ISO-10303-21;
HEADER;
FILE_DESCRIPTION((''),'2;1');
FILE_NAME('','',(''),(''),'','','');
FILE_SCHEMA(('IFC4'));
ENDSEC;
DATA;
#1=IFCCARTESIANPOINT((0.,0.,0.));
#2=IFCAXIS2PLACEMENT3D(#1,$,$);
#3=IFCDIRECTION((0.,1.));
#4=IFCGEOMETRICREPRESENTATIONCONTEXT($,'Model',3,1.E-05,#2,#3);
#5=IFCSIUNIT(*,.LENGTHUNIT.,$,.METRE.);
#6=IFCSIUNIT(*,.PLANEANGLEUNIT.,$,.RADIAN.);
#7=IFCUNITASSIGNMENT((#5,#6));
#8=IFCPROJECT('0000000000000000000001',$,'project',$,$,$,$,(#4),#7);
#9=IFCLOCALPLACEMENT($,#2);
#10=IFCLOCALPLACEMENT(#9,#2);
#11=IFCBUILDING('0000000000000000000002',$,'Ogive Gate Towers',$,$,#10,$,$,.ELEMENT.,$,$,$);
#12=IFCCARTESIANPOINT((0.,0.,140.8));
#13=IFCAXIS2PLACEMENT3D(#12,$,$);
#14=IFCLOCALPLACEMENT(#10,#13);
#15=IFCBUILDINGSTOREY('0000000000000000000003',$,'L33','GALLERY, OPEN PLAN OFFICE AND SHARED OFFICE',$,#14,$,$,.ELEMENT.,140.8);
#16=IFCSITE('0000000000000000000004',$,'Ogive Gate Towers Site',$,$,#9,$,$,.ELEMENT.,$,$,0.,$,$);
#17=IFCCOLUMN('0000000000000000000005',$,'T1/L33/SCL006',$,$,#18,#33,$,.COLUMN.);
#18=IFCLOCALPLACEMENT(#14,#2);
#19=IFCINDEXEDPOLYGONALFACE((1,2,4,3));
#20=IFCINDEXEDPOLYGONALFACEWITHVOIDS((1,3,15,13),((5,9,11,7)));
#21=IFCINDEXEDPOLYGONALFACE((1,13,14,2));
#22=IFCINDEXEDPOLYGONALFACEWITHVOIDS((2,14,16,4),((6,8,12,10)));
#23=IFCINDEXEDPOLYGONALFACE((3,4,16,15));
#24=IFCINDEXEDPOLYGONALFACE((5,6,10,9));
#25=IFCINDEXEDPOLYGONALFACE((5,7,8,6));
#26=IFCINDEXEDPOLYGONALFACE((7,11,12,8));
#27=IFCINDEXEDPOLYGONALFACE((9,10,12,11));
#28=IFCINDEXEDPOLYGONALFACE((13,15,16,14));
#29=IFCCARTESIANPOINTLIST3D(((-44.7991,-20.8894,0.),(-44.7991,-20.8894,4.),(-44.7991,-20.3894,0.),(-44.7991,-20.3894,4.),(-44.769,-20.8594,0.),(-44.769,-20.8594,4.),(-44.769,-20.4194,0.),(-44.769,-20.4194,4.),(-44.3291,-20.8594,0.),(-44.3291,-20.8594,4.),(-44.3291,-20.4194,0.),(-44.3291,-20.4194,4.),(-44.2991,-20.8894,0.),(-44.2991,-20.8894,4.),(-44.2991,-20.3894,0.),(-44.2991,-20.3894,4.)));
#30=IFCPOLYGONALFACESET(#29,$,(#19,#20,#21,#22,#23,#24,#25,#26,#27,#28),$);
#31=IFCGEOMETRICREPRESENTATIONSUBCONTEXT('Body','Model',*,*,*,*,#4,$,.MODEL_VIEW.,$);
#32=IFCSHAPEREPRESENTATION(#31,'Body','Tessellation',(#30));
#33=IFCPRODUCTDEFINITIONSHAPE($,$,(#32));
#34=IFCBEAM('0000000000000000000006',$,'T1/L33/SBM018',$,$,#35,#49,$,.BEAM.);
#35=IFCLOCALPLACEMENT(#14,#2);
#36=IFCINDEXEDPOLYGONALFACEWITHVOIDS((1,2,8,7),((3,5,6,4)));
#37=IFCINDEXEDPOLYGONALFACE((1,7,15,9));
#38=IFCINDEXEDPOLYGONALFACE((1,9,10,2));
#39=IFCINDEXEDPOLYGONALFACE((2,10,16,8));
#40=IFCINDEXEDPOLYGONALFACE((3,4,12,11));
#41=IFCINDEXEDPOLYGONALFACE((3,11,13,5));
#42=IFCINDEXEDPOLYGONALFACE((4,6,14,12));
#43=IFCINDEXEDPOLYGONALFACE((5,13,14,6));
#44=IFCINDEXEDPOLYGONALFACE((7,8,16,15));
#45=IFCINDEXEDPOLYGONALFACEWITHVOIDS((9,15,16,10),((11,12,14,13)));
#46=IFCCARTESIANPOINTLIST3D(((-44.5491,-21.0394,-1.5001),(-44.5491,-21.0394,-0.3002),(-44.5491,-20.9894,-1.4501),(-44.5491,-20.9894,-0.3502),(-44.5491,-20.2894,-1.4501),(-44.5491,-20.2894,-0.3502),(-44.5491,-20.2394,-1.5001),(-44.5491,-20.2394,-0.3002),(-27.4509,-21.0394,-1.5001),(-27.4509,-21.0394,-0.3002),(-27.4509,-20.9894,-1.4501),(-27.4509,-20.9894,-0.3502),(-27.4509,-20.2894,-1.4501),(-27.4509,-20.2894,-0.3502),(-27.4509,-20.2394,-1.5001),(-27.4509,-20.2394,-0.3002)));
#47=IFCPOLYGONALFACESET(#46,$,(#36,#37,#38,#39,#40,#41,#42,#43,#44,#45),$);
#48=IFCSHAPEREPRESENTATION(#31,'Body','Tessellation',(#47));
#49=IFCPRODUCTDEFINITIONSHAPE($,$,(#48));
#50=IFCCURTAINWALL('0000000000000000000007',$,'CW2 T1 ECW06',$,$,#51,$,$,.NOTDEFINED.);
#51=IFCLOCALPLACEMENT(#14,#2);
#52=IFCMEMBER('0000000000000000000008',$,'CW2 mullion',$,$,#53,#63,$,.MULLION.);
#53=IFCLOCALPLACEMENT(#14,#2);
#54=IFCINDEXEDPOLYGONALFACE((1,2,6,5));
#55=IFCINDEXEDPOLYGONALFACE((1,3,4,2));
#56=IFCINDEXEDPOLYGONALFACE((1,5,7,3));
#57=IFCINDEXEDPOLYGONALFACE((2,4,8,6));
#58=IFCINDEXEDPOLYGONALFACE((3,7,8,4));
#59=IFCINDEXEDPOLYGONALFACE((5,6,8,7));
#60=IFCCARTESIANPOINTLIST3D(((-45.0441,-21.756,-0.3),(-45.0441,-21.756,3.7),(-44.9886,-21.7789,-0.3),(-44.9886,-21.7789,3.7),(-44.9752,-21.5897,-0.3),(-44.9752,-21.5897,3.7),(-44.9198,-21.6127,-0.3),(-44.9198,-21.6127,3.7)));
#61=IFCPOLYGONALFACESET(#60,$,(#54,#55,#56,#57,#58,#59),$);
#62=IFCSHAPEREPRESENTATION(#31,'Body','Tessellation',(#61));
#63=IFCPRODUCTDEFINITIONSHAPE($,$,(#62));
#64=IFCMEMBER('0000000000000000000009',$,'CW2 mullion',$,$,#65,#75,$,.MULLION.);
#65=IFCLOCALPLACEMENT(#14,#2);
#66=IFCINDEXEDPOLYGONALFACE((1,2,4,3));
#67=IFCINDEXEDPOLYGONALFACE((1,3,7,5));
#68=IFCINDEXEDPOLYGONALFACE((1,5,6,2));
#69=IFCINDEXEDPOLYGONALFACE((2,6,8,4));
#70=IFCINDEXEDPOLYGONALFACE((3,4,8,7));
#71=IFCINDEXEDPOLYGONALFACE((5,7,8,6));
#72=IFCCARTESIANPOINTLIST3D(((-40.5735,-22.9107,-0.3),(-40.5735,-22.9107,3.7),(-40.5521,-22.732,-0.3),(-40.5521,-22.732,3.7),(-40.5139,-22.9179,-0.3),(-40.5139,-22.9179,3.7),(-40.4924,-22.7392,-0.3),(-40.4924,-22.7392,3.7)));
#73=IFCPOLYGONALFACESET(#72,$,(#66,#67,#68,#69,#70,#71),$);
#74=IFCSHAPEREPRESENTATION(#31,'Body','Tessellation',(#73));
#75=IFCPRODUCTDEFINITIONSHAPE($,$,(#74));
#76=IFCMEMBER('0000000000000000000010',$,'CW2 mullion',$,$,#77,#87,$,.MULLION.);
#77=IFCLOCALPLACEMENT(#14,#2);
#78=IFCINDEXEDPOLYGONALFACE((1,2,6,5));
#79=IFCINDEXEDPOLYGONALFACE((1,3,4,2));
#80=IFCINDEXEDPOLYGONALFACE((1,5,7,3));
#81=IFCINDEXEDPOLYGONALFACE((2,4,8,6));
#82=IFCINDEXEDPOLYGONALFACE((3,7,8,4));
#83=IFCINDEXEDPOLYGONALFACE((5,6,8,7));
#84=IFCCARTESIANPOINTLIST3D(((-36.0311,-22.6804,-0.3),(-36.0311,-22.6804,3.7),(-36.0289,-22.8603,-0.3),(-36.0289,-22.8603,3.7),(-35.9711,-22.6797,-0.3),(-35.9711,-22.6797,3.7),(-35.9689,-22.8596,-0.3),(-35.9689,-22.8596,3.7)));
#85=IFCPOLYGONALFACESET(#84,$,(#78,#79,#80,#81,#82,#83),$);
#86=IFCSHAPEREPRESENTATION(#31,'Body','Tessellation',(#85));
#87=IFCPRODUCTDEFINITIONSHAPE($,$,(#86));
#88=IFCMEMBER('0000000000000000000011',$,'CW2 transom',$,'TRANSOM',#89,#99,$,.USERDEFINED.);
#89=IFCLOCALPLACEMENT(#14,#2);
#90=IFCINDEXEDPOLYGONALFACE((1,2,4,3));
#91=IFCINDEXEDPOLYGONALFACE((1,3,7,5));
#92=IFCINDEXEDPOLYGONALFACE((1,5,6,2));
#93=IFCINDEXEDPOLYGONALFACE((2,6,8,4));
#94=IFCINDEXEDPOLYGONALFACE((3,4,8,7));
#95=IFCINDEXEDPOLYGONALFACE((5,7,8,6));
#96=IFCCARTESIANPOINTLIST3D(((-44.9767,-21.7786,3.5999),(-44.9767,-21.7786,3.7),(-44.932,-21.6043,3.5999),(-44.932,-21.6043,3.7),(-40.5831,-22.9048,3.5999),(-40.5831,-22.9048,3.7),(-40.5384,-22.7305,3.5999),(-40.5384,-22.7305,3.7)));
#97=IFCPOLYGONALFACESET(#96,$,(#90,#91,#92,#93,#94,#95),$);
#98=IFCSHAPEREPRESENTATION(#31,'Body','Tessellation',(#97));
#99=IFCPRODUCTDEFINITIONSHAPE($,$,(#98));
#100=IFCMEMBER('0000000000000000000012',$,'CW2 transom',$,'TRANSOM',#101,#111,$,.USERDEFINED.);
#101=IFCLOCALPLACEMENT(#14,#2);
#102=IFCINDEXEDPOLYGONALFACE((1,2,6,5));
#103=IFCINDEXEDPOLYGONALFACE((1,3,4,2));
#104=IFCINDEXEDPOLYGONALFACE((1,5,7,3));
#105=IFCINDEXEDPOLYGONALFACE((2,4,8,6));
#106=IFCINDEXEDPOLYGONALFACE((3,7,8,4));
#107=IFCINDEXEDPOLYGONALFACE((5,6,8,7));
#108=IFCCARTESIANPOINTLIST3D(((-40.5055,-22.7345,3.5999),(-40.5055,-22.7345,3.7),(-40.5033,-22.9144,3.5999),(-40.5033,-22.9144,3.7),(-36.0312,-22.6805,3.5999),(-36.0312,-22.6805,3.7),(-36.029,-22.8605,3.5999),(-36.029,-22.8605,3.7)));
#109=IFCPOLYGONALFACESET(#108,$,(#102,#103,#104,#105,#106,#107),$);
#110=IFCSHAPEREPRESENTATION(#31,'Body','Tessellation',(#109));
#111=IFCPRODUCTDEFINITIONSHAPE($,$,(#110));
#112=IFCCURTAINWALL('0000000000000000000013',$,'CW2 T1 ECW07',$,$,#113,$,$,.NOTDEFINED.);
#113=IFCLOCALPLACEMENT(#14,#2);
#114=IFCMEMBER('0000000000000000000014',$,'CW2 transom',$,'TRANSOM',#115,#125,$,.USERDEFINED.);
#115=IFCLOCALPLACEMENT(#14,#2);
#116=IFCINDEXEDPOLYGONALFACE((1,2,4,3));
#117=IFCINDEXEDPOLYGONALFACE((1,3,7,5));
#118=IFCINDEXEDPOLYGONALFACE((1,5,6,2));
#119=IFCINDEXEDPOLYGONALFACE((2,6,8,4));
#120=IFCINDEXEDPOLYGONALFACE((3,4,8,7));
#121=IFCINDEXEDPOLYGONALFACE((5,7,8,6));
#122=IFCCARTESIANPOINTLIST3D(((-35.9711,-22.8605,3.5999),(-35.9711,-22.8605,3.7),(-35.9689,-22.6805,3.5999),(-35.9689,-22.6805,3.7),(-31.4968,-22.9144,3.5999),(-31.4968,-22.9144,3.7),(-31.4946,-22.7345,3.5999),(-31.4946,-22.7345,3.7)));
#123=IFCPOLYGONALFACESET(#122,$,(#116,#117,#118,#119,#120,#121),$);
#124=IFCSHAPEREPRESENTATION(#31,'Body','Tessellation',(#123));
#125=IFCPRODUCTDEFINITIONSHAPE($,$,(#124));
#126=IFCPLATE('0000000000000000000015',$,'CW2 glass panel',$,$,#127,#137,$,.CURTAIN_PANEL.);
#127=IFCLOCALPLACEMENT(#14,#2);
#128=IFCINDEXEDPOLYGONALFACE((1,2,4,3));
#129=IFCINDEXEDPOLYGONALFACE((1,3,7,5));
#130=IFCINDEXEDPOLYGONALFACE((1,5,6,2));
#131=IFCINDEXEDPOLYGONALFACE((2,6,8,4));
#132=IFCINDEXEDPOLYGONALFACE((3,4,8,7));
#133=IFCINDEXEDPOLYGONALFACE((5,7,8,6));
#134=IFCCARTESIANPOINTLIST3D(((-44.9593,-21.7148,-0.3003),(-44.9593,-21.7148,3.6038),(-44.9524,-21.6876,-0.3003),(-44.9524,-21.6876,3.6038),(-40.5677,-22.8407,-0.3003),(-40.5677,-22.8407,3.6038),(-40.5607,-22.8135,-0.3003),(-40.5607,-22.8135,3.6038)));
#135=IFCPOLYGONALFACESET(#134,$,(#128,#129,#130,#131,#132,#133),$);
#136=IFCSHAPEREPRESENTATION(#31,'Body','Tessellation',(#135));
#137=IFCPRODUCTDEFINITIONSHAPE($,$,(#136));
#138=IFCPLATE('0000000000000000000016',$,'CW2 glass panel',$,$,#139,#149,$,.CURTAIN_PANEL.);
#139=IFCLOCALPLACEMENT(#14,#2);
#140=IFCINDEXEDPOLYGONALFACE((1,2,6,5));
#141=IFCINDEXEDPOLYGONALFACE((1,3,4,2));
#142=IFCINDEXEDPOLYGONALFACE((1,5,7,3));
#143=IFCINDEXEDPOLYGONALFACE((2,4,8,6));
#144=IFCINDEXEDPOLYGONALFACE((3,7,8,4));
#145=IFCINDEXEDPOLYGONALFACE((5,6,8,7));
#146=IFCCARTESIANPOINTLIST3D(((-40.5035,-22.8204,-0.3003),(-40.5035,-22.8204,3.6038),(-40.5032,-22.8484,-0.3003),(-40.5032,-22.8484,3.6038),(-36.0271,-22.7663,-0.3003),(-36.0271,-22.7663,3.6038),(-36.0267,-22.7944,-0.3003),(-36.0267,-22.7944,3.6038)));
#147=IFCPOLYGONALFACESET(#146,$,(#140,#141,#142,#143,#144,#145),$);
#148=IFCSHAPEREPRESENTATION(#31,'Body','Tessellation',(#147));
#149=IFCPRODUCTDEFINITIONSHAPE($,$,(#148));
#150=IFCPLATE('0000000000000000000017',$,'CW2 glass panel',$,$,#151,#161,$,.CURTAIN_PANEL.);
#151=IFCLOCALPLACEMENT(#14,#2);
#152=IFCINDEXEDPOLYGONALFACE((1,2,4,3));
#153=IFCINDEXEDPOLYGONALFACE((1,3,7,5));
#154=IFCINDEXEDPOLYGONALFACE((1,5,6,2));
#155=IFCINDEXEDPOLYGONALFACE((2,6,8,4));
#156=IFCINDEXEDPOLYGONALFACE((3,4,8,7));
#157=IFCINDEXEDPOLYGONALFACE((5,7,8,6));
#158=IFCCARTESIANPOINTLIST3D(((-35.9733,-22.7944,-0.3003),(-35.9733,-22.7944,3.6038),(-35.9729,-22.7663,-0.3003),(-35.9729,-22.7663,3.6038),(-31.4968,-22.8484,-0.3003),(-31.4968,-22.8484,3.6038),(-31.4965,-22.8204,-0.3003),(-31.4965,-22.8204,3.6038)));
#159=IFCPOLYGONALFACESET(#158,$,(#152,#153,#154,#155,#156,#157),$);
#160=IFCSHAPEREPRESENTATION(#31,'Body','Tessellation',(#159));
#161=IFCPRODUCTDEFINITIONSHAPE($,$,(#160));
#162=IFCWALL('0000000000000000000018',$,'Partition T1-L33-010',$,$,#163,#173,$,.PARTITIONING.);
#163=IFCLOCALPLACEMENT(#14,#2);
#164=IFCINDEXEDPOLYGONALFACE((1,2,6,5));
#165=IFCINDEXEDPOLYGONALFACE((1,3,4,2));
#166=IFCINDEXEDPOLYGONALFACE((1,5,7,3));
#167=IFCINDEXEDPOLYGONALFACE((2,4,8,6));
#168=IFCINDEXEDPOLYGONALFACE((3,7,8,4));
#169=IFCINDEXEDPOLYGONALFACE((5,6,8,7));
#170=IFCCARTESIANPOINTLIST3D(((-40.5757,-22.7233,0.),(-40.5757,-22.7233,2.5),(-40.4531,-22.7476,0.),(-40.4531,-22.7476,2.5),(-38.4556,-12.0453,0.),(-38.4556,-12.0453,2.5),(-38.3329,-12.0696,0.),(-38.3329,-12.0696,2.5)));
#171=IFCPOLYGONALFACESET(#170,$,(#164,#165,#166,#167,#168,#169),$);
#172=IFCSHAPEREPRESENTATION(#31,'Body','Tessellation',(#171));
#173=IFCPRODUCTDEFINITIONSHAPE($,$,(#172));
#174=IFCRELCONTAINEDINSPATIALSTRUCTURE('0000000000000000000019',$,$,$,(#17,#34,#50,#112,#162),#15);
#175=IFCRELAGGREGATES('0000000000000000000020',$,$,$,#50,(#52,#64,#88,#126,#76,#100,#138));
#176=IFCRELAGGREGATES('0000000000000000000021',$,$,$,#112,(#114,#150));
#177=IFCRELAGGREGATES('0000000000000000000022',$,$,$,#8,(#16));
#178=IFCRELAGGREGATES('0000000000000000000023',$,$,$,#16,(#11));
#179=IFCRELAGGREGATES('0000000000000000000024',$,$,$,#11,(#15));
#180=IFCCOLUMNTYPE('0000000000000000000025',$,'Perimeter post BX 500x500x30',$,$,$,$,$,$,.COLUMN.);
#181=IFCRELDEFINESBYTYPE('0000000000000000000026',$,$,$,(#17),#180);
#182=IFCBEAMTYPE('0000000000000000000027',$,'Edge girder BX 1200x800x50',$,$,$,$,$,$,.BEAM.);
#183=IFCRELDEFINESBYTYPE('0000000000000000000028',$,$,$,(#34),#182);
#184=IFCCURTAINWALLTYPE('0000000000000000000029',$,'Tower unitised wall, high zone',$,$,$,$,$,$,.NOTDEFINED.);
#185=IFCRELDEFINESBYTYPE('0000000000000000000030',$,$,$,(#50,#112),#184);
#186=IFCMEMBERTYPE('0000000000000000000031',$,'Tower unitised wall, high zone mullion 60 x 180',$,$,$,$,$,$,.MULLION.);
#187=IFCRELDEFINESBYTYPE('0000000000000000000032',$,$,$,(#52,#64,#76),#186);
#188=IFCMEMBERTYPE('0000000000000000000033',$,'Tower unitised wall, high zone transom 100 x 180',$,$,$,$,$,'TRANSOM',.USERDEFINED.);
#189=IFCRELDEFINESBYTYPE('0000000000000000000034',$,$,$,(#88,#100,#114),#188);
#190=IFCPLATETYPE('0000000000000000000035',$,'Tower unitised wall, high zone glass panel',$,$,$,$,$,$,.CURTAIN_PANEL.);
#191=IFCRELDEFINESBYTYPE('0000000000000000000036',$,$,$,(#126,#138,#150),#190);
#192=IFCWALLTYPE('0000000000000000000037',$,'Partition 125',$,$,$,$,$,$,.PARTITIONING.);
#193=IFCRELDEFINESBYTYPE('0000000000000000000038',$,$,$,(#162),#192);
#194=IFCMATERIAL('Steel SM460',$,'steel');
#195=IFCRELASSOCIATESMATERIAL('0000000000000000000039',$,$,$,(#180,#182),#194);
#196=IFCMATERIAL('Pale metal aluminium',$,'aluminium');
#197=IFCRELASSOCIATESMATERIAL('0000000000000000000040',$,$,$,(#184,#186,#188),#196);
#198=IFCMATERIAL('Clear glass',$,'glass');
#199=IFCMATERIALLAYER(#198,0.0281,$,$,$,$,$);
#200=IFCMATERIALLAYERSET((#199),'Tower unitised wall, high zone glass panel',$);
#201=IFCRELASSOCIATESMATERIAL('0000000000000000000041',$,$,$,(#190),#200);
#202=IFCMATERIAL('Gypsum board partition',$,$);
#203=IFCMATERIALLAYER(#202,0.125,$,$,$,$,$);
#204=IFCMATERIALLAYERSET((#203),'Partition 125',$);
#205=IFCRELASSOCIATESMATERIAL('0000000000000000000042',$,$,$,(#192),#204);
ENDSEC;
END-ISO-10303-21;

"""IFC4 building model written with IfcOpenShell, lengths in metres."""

from ifc_helpers import new_model, si_unit, direction, frame, frame_2d, origin, origin_2d, place, context, subcontext, project, spatial, rectangle, hollow_rectangle, extrude, material, layer, layer_set, material_profile, profile_set, type_object, element, aggregate, save


model = new_model("IFC4")

# Units and contexts
model_context = context("Model", 3, precision=1e-05, world=origin(), true_north=direction((0.0, 1.0)))
body_context = subcontext(model_context, "Body", "Model", "MODEL_VIEW")
ifc_project = project(units=[si_unit("LENGTHUNIT", "METRE"), si_unit("PLANEANGLEUNIT", "RADIAN")], contexts=[model_context])

# Site, building, storey
site_placement = place(None, origin())
site = spatial("IfcSite", under=ifc_project, at=site_placement, Name="Ogive Gate Towers Site", CompositionType="ELEMENT", RefElevation=0.0)
building_placement = place(site_placement, origin())
building = spatial("IfcBuilding", under=site, at=building_placement, Name="Ogive Gate Towers", CompositionType="ELEMENT")
storey_placement = place(building_placement, frame((0.0, 0.0, 140.8)))
storey = spatial("IfcBuildingStorey", under=building, at=storey_placement, Name="L33", Description="GALLERY, OPEN PLAN OFFICE AND SHARED OFFICE", CompositionType="ELEMENT", Elevation=140.8)

# Column
ifc_material_1 = material(Name="Steel SM460", Category="steel")
ifc_material_profile_1 = material_profile(ifc_material_1, hollow_rectangle(XDim=0.5, YDim=0.5, WallThickness=0.03, at=origin_2d()), Name="BX 500x500x30")
ifc_profile_set_1 = profile_set([ifc_material_profile_1], Name="Steel SM460")
column_type = type_object("IfcColumnType", Name="Perimeter post BX 500x500x30", PredefinedType="COLUMN", material=ifc_profile_set_1)
column_placement = place(storey_placement, frame((-44.5491, -20.6394, 0.0), z_axis=(0.0, 0.0, 1.0), x_axis=(1.0, 0.0, 0.0)))
element("IfcColumn", 1, at=column_placement, inside=storey, type_object=column_type, Name="T1/L33/SCL006", PredefinedType="COLUMN", context=body_context, shape_type="SweptSolid", body=[
    extrude(hollow_rectangle(XDim=0.5, YDim=0.5, WallThickness=0.03, at=origin_2d()), origin(), (0.0, 0.0, 1.0), 4.0),
])

# Beam
ifc_material_profile_2 = material_profile(ifc_material_1, hollow_rectangle(XDim=0.8, YDim=1.2, WallThickness=0.05, at=origin_2d()), Name="BX 1200x800x50")
ifc_profile_set_2 = profile_set([ifc_material_profile_2], Name="Steel SM460")
beam_type = type_object("IfcBeamType", Name="Edge girder BX 1200x800x50", PredefinedType="BEAM", material=ifc_profile_set_2)
beam_placement = place(storey_placement, frame((-44.5491, -20.6394, -0.9001), z_axis=(1.0, 0.0, 0.0), x_axis=(0.0, 1.0, 0.0)))
element("IfcBeam", 2, at=beam_placement, inside=storey, type_object=beam_type, Name="T1/L33/SBM018", PredefinedType="BEAM", context=body_context, shape_type="SweptSolid", body=[
    extrude(hollow_rectangle(XDim=0.8, YDim=1.2, WallThickness=0.05, at=origin_2d()), origin(), (0.0, 0.0, 1.0), 17.0981),
])

# Curtain wall, members
ifc_material_2 = material(Name="Pale metal aluminium", Category="aluminium")
curtain_wall_type = type_object("IfcCurtainWallType", Name="Tower unitised wall, high zone", PredefinedType="NOTDEFINED", material=ifc_material_2)
curtain_wall_1_placement = place(storey_placement, origin())
curtain_wall_1 = element("IfcCurtainWall", 3, at=curtain_wall_1_placement, inside=storey, type_object=curtain_wall_type, Name="CW2 T1 ECW06", PredefinedType="NOTDEFINED")
ifc_material_profile_3 = material_profile(ifc_material_2, rectangle(XDim=0.1799, YDim=0.0601, at=origin_2d()), Name="60 x 180 aluminium box")
ifc_profile_set_3 = profile_set([ifc_material_profile_3], Name="Pale metal aluminium")
member_type_1 = type_object("IfcMemberType", Name="Tower unitised wall, high zone mullion 60 x 180", PredefinedType="MULLION", material=ifc_profile_set_3)
member_1_placement = place(storey_placement, frame((-44.9819, -21.6843, -0.3), z_axis=(0.0, 0.0, 1.0), x_axis=(-0.382683, -0.92388, 0.0)))
member_1 = element("IfcMember", 4, at=member_1_placement, type_object=member_type_1, Name="CW2 mullion", PredefinedType="MULLION", context=body_context, shape_type="SweptSolid", body=[
    extrude(rectangle(XDim=0.1799, YDim=0.0601, at=origin_2d()), origin(), (0.0, 0.0, 1.0), 4.0),
])
member_2_placement = place(storey_placement, frame((-40.533, -22.825, -0.3), z_axis=(0.0, 0.0, 1.0), x_axis=(-0.119149, -0.992876, 0.0)))
member_2 = element("IfcMember", 5, at=member_2_placement, type_object=member_type_1, Name="CW2 mullion", PredefinedType="MULLION", context=body_context, shape_type="SweptSolid", body=[
    extrude(rectangle(XDim=0.1799, YDim=0.0601, at=origin_2d()), origin(), (0.0, 0.0, 1.0), 4.0),
])
member_3_placement = place(storey_placement, frame((-36.0, -22.77, -0.3), z_axis=(0.0, 0.0, 1.0), x_axis=(0.012077, -0.999927, 0.0)))
member_3 = element("IfcMember", 6, at=member_3_placement, type_object=member_type_1, Name="CW2 mullion", PredefinedType="MULLION", context=body_context, shape_type="SweptSolid", body=[
    extrude(rectangle(XDim=0.1799, YDim=0.0601, at=origin_2d()), origin(), (0.0, 0.0, 1.0), 4.0),
])
ifc_material_profile_4 = material_profile(ifc_material_2, rectangle(XDim=0.1799, YDim=0.1001, at=origin_2d()), Name="100 x 180 aluminium box")
ifc_profile_set_4 = profile_set([ifc_material_profile_4], Name="Pale metal aluminium")
member_type_2 = type_object("IfcMemberType", Name="Tower unitised wall, high zone transom 100 x 180", ElementType="TRANSOM", PredefinedType="USERDEFINED", material=ifc_profile_set_4)
member_4_placement = place(storey_placement, frame((-44.9543, -21.6914, 3.6499), z_axis=(0.968681, -0.248307, 0.0), x_axis=(0.248307, 0.968681, 0.0)))
member_4 = element("IfcMember", 7, at=member_4_placement, type_object=member_type_2, Name="CW2 transom", ObjectType="TRANSOM", PredefinedType="USERDEFINED", context=body_context, shape_type="SweptSolid", body=[
    extrude(rectangle(XDim=0.1799, YDim=0.1001, at=origin_2d()), origin(), (0.0, 0.0, 1.0), 4.5356),
])
member_5_placement = place(storey_placement, frame((-40.5044, -22.8245, 3.6499), z_axis=(0.999927, 0.012058, 0.0), x_axis=(-0.012058, 0.999927, 0.0)))
member_5 = element("IfcMember", 8, at=member_5_placement, type_object=member_type_2, Name="CW2 transom", ObjectType="TRANSOM", PredefinedType="USERDEFINED", context=body_context, shape_type="SweptSolid", body=[
    extrude(rectangle(XDim=0.1799, YDim=0.1001, at=origin_2d()), origin(), (0.0, 0.0, 1.0), 4.4746),
])

# Curtain wall, member
curtain_wall_2_placement = place(storey_placement, origin())
curtain_wall_2 = element("IfcCurtainWall", 9, at=curtain_wall_2_placement, inside=storey, type_object=curtain_wall_type, Name="CW2 T1 ECW07", PredefinedType="NOTDEFINED")
member_6_placement = place(storey_placement, frame((-35.97, -22.7705, 3.6499), z_axis=(0.999927, -0.012058, 0.0), x_axis=(0.012058, 0.999927, 0.0)))
member_6 = element("IfcMember", 10, at=member_6_placement, type_object=member_type_2, Name="CW2 transom", ObjectType="TRANSOM", PredefinedType="USERDEFINED", context=body_context, shape_type="SweptSolid", body=[
    extrude(rectangle(XDim=0.1799, YDim=0.1001, at=origin_2d()), origin(), (0.0, 0.0, 1.0), 4.4746),
])

# Plates
ifc_material_3 = material(Name="Clear glass", Category="glass")
ifc_layer_1 = layer(ifc_material_3, 0.0281)
ifc_layer_set_1 = layer_set([ifc_layer_1], Name="Tower unitised wall, high zone glass panel")
plate_type = type_object("IfcPlateType", Name="Tower unitised wall, high zone glass panel", PredefinedType="CURTAIN_PANEL", material=ifc_layer_set_1)
plate_1_placement = place(storey_placement, frame((-42.76, -22.2642, -0.3003), z_axis=(0.0, 0.0, 1.0), x_axis=(0.968674, -0.248335, 0.0)))
plate_1 = element("IfcPlate", 11, at=plate_1_placement, type_object=plate_type, Name="CW2 glass panel", PredefinedType="CURTAIN_PANEL", context=body_context, shape_type="SweptSolid", body=[
    extrude(rectangle(XDim=4.5337, YDim=0.0281, at=origin_2d()), origin(), (0.0, 0.0, 1.0), 3.9041),
])
plate_2_placement = place(storey_placement, frame((-38.2651, -22.8074, -0.3003), z_axis=(0.0, 0.0, 1.0), x_axis=(0.999927, 0.012077, 0.0)))
plate_2 = element("IfcPlate", 12, at=plate_2_placement, type_object=plate_type, Name="CW2 glass panel", PredefinedType="CURTAIN_PANEL", context=body_context, shape_type="SweptSolid", body=[
    extrude(rectangle(XDim=4.4768, YDim=0.0281, at=origin_2d()), origin(), (0.0, 0.0, 1.0), 3.9041),
])
aggregate(curtain_wall_1, [member_1, member_2, member_4, plate_1, member_3, member_5, plate_2])
plate_3_placement = place(storey_placement, frame((-33.7349, -22.8074, -0.3003), z_axis=(0.0, 0.0, 1.0), x_axis=(0.999927, -0.012077, 0.0)))
plate_3 = element("IfcPlate", 13, at=plate_3_placement, type_object=plate_type, Name="CW2 glass panel", PredefinedType="CURTAIN_PANEL", context=body_context, shape_type="SweptSolid", body=[
    extrude(rectangle(XDim=4.4768, YDim=0.0281, at=origin_2d()), origin(), (0.0, 0.0, 1.0), 3.9041),
])
aggregate(curtain_wall_2, [member_6, plate_3])

# Wall
ifc_material_4 = material(Name="Gypsum board partition")
ifc_layer_2 = layer(ifc_material_4, 0.125)
ifc_layer_set_2 = layer_set([ifc_layer_2], Name="Partition 125")
wall_type = type_object("IfcWallType", Name="Partition 125", PredefinedType="PARTITIONING", material=ifc_layer_set_2)
wall_1_placement = place(storey_placement, frame((-40.5144, -22.7356, 0.0), z_axis=(0.0, 0.0, 1.0), x_axis=(0.194749, 0.980853, 0.0)))
element("IfcWall", 14, at=wall_1_placement, inside=storey, type_object=wall_type, Name="Partition T1-L33-010", PredefinedType="PARTITIONING", context=body_context, shape_type="SweptSolid", body=[
    extrude(rectangle(XDim=10.8865, YDim=0.125, at=frame_2d((5.4434, 0.0))), origin(), (0.0, 0.0, 1.0), 2.5),
])

save(model, "model.ifc")
